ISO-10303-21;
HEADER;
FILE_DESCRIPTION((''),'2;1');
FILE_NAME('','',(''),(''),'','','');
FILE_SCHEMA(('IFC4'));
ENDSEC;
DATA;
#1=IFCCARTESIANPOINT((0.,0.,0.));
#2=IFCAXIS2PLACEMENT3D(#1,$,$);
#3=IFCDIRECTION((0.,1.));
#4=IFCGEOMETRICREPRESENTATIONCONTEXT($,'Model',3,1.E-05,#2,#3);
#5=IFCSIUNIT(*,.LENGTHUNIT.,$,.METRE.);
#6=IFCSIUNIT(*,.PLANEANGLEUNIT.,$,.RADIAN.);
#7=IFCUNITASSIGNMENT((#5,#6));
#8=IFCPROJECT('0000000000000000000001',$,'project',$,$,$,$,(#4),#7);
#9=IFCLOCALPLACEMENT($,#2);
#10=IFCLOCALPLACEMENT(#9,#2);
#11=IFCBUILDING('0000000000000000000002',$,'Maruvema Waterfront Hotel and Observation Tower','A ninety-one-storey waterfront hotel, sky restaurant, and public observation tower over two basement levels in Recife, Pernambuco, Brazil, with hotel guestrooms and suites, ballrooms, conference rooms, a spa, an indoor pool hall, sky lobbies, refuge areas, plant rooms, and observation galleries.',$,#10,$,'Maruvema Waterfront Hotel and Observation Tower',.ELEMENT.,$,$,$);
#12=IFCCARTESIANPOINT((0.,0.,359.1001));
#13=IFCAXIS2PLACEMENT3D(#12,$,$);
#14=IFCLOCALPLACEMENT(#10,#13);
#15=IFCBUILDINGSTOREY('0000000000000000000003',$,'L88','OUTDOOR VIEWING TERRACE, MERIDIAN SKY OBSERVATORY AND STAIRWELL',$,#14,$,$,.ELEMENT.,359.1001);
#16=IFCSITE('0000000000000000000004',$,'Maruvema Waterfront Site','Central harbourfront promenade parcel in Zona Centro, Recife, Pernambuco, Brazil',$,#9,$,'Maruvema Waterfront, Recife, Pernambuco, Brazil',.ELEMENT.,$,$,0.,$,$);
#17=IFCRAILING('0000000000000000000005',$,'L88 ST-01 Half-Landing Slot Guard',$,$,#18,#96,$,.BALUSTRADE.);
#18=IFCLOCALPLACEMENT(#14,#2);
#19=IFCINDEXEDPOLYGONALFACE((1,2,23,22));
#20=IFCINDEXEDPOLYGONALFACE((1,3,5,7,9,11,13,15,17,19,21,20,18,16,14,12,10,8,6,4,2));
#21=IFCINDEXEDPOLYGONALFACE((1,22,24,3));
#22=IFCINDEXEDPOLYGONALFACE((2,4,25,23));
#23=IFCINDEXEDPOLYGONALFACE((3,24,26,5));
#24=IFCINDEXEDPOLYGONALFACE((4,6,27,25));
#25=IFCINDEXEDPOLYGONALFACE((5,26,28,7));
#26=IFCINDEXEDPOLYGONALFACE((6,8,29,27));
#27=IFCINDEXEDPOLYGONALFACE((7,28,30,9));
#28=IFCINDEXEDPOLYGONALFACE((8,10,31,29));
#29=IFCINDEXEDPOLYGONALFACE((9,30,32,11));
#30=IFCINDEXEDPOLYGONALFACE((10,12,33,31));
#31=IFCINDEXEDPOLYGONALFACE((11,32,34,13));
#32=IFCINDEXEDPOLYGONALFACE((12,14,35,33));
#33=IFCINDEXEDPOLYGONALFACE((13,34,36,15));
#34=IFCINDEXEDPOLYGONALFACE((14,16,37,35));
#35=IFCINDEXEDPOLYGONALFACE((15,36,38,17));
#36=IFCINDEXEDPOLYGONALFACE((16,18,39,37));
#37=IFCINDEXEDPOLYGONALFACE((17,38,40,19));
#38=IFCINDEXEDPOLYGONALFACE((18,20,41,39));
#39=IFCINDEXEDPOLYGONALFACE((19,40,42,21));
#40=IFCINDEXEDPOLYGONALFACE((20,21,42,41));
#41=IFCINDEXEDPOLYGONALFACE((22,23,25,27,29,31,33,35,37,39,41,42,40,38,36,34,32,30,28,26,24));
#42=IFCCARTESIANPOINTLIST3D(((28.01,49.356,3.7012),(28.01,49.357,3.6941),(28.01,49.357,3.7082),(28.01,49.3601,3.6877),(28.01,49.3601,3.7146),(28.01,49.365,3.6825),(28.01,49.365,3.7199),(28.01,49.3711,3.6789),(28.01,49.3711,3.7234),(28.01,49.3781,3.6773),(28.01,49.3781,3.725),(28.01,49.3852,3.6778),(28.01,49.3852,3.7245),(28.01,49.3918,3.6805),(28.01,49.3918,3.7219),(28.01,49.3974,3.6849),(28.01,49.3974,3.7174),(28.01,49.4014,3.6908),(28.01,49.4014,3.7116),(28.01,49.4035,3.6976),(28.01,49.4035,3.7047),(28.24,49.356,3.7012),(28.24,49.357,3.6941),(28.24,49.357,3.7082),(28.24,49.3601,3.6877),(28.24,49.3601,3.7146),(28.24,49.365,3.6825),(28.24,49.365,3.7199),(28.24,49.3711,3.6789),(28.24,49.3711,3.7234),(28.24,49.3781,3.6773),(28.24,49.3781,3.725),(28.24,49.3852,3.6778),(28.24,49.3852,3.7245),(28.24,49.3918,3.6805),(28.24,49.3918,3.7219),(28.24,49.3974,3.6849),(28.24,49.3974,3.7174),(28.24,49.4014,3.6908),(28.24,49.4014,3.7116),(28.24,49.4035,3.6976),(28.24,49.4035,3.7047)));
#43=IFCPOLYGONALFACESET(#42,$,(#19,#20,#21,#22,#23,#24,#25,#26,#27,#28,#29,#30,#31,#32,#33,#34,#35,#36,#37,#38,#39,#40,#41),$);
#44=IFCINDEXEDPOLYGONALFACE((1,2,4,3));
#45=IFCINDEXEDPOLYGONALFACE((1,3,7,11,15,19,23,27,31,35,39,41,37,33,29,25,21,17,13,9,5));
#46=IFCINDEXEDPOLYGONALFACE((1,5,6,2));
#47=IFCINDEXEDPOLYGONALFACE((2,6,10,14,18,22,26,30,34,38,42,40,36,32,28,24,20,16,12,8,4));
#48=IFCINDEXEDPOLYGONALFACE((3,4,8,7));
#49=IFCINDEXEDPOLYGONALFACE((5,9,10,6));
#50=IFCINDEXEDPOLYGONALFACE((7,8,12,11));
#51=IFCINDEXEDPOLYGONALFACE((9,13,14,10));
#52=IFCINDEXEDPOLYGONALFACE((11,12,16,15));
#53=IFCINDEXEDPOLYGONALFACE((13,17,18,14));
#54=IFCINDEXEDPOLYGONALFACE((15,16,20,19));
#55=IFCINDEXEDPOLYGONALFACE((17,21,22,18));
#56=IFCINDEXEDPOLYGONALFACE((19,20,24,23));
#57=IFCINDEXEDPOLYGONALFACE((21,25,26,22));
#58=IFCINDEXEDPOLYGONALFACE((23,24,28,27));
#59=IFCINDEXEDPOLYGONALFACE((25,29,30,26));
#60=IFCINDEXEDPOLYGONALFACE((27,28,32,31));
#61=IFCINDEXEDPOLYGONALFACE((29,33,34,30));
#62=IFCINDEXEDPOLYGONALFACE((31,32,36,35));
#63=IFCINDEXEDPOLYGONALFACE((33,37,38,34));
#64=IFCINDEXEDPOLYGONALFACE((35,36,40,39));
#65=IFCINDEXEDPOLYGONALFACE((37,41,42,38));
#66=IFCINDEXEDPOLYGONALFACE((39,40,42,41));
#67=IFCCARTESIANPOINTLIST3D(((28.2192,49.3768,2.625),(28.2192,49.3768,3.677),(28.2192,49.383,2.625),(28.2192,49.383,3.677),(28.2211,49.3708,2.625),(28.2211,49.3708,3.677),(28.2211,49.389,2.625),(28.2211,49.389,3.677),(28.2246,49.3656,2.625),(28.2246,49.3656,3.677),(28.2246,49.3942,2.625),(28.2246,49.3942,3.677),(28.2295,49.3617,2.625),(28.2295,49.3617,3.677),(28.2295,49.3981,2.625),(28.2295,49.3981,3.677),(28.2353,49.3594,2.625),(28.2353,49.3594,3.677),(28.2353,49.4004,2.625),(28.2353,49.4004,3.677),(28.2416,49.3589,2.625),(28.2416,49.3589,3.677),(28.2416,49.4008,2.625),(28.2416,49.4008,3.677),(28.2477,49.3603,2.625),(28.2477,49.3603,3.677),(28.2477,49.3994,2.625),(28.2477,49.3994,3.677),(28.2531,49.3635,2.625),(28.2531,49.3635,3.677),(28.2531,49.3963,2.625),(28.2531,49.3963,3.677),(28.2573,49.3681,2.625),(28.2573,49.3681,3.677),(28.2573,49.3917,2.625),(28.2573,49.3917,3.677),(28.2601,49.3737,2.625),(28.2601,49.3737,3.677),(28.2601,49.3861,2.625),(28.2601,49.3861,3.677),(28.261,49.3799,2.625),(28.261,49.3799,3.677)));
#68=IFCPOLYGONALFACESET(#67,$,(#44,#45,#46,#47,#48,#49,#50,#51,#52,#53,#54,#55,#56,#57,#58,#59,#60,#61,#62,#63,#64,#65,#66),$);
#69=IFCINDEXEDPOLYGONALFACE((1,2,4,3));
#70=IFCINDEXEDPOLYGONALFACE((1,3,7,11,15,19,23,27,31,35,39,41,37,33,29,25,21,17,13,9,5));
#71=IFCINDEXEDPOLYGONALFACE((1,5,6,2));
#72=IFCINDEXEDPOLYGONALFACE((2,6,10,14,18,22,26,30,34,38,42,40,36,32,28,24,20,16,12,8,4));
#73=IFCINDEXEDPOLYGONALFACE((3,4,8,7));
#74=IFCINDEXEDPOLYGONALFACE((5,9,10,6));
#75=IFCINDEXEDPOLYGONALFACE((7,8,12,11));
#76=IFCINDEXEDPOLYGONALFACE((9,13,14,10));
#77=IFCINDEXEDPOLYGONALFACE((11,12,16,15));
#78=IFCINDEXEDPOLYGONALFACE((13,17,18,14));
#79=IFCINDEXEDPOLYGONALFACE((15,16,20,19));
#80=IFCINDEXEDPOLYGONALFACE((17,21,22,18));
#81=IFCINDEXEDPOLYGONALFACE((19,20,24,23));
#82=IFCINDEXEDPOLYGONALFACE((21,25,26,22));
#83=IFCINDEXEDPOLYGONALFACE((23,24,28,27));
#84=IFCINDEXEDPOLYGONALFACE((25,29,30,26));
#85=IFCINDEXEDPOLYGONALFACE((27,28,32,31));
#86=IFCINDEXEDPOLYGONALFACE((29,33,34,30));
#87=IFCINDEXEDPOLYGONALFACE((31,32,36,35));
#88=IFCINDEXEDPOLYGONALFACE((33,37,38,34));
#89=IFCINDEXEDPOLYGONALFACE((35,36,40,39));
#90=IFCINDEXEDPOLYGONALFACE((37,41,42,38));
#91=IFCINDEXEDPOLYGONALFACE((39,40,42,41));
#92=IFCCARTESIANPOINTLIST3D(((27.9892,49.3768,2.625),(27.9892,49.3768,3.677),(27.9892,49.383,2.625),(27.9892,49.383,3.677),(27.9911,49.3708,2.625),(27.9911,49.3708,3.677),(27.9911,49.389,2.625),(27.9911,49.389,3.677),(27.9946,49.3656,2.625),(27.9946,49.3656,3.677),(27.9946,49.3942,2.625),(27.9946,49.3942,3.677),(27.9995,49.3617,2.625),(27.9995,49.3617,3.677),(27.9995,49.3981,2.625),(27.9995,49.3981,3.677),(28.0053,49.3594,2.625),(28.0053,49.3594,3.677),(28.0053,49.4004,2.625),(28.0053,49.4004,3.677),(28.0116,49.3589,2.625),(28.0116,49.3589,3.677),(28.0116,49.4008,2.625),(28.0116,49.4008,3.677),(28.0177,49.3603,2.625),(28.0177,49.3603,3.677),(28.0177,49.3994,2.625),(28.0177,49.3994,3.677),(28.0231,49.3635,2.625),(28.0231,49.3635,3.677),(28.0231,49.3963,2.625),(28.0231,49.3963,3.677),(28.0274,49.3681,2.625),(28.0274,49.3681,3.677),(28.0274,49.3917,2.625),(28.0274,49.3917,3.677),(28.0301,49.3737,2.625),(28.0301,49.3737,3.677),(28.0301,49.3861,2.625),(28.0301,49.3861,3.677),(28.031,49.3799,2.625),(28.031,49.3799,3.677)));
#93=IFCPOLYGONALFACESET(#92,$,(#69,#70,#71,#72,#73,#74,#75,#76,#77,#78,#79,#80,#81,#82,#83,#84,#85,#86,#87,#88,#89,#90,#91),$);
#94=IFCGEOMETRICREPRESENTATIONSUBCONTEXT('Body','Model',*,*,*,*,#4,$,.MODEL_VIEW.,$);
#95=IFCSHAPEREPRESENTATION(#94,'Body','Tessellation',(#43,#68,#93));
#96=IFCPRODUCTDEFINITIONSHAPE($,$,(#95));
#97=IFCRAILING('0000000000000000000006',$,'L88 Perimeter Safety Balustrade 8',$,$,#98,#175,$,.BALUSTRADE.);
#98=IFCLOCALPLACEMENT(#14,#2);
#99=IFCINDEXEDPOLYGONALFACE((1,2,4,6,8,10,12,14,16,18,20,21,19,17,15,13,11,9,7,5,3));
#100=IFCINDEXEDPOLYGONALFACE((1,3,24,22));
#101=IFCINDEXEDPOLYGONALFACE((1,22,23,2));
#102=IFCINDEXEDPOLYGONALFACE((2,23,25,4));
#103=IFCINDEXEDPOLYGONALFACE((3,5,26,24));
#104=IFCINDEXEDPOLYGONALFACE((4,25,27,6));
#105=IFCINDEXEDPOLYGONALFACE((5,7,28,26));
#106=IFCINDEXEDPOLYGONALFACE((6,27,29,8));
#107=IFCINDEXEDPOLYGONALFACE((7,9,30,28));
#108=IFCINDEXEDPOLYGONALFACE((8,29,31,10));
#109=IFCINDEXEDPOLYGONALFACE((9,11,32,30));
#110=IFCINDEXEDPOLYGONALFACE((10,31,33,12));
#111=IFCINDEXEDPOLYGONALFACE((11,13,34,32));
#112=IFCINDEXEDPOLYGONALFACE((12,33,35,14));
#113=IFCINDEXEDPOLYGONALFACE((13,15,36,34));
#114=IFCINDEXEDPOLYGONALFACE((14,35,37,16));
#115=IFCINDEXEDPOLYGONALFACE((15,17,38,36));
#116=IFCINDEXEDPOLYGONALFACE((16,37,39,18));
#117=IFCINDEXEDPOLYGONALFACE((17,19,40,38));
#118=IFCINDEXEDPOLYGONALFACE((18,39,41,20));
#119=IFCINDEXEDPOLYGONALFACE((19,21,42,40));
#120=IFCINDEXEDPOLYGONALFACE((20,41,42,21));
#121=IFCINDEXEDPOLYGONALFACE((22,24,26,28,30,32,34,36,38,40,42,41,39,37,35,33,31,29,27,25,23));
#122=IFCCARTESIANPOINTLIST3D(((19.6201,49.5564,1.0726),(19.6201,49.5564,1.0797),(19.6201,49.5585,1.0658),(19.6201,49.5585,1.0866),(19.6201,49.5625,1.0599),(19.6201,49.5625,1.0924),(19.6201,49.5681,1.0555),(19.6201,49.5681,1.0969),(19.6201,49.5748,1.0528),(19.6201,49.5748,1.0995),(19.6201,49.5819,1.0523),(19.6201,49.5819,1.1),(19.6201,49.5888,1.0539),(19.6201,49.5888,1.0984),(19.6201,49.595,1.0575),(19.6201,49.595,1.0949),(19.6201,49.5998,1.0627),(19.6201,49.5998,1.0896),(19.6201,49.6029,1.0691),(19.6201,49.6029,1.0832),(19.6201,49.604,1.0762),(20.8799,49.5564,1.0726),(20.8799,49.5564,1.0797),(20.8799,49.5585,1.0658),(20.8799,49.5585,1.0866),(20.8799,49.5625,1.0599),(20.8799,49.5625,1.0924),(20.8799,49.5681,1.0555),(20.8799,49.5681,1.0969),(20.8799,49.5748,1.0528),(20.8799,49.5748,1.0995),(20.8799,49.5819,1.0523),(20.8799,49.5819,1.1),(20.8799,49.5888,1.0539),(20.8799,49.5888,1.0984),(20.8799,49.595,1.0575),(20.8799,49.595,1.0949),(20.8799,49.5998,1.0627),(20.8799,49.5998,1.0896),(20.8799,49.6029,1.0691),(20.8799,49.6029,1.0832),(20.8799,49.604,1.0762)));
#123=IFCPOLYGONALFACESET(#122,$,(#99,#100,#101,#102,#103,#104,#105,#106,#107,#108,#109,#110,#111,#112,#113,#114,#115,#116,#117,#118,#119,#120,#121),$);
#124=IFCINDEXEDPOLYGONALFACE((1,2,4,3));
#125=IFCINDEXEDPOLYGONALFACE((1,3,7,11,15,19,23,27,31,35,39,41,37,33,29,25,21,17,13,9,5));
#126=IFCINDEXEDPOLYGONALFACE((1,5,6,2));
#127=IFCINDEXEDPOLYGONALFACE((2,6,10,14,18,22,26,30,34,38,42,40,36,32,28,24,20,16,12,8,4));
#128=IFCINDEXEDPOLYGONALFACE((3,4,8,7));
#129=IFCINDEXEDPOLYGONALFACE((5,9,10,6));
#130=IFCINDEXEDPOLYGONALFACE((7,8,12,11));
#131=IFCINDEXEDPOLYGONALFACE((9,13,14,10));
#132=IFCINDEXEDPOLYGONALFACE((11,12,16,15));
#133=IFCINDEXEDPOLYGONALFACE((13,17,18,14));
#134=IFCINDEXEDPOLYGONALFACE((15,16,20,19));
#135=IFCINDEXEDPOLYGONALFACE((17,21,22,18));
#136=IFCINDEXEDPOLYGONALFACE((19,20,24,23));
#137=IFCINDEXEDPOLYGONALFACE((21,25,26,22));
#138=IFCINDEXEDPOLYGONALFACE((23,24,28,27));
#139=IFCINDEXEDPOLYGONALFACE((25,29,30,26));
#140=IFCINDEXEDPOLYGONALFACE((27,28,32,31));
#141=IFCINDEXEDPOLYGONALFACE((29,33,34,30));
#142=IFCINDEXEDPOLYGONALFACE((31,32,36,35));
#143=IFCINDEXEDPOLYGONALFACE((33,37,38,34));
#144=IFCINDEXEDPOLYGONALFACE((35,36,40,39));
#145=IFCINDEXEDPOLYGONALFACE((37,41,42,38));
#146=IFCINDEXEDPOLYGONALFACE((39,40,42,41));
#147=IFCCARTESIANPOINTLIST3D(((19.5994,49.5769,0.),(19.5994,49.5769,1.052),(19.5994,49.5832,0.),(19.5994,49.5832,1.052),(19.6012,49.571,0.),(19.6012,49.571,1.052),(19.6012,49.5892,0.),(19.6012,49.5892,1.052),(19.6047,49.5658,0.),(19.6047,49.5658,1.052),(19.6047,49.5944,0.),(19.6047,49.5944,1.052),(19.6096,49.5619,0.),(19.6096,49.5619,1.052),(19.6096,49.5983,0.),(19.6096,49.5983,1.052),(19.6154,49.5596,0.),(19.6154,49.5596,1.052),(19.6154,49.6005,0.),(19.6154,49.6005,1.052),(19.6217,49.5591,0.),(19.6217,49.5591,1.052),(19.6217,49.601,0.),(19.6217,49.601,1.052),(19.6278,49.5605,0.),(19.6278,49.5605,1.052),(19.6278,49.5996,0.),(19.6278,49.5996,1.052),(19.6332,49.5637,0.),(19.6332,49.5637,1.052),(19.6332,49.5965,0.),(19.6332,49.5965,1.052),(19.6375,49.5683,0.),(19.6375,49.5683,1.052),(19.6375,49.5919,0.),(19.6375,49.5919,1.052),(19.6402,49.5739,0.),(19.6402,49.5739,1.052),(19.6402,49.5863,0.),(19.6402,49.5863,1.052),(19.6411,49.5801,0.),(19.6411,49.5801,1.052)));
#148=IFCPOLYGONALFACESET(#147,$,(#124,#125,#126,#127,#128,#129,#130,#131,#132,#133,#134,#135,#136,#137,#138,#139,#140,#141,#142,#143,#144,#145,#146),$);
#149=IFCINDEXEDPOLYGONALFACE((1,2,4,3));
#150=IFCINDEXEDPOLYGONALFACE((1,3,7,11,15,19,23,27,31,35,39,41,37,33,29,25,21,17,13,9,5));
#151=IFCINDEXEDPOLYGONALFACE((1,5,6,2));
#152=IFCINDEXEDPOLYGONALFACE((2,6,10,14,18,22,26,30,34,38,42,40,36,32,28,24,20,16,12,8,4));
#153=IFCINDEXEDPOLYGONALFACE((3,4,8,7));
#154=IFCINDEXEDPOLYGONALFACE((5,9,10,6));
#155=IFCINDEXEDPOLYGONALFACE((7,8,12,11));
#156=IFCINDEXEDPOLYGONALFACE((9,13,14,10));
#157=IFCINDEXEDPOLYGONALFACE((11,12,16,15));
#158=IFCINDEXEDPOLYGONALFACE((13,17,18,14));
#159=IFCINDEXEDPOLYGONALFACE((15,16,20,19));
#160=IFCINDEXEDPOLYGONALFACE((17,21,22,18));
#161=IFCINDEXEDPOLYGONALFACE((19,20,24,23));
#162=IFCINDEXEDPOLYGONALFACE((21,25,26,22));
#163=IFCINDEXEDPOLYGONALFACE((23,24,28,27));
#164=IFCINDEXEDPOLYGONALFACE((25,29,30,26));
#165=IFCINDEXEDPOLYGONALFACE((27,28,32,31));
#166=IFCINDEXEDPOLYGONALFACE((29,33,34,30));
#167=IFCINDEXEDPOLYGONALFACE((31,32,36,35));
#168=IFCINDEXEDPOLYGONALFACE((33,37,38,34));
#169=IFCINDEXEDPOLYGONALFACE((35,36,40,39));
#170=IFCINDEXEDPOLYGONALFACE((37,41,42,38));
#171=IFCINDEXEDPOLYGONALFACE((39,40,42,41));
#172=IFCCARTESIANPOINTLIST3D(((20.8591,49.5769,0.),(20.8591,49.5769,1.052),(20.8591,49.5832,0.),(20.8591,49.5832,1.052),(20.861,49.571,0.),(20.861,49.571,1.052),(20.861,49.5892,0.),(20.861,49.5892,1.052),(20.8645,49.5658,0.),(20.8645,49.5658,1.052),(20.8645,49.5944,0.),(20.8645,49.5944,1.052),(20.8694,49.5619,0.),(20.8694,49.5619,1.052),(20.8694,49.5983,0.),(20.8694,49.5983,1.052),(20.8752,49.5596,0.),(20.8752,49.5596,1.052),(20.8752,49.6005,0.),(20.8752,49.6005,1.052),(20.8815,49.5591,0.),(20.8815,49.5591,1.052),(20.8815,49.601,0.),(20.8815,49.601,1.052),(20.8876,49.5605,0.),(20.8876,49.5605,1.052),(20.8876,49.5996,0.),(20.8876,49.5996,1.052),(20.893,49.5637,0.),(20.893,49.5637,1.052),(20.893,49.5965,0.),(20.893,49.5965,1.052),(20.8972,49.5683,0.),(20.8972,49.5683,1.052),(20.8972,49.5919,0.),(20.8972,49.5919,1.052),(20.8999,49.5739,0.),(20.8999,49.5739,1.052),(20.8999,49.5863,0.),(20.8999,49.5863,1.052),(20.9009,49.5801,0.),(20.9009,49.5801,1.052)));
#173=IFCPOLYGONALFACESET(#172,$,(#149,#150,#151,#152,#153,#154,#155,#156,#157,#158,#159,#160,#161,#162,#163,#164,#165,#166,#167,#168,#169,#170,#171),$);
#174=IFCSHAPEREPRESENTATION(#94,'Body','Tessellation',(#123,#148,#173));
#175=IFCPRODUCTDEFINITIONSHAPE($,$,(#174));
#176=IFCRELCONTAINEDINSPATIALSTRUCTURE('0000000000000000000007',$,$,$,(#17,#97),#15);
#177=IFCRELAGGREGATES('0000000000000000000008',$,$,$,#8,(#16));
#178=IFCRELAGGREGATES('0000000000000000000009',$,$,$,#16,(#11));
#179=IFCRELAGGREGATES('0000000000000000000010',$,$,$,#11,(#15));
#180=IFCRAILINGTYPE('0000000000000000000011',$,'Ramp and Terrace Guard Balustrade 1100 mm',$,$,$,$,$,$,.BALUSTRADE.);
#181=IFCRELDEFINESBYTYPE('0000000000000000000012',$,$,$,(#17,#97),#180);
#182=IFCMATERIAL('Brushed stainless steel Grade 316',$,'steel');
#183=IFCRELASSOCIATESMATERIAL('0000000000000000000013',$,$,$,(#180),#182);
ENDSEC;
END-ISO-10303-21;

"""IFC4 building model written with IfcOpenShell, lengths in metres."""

from ifc_helpers import new_model, si_unit, direction, frame, origin, origin_2d, place, context, subcontext, project, spatial, circle, extrude, material, type_object, element, save


model = new_model("IFC4")

# Units and contexts
model_context = context("Model", 3, precision=1e-05, world=origin(), true_north=direction((0.0, 1.0)))
body_context = subcontext(model_context, "Body", "Model", "MODEL_VIEW")
ifc_project = project(units=[si_unit("LENGTHUNIT", "METRE"), si_unit("PLANEANGLEUNIT", "RADIAN")], contexts=[model_context])

# Site, building, storey
site_placement = place(None, origin())
site = spatial("IfcSite", under=ifc_project, at=site_placement, Name="Maruvema Waterfront Site", Description="Central harbourfront promenade parcel in Zona Centro, Recife, Pernambuco, Brazil", LongName="Maruvema Waterfront, Recife, Pernambuco, Brazil", CompositionType="ELEMENT", RefElevation=0.0)
building_placement = place(site_placement, origin())
building = spatial("IfcBuilding", under=site, at=building_placement, Name="Maruvema Waterfront Hotel and Observation Tower", Description="A ninety-one-storey waterfront hotel, sky restaurant, and public observation tower over two basement levels in Recife, Pernambuco, Brazil, with hotel guestrooms and suites, ballrooms, conference rooms, a spa, an indoor pool hall, sky lobbies, refuge areas, plant rooms, and observation galleries.", LongName="Maruvema Waterfront Hotel and Observation Tower", CompositionType="ELEMENT")
storey_placement = place(building_placement, frame((0.0, 0.0, 359.1001)))
storey = spatial("IfcBuildingStorey", under=building, at=storey_placement, Name="L88", Description="OUTDOOR VIEWING TERRACE, MERIDIAN SKY OBSERVATORY AND STAIRWELL", CompositionType="ELEMENT", Elevation=359.1001)

# Railings
ifc_material_1 = material(Name="Brushed stainless steel Grade 316", Category="steel")
railing_type_1 = type_object("IfcRailingType", Name="Ramp and Terrace Guard Balustrade 1100 mm", PredefinedType="BALUSTRADE", material=ifc_material_1)
railing_1_placement = place(storey_placement, frame((28.24, 49.3799, 2.625)))
element("IfcRailing", 1, at=railing_1_placement, inside=storey, type_object=railing_type_1, Name="L88 ST-01 Half-Landing Slot Guard", PredefinedType="BALUSTRADE", context=body_context, shape_type="SweptSolid", body=[
    extrude(circle(Radius=0.0239, at=origin_2d()), frame((0.0, 0.0, 1.0762), z_axis=(-1.0, 0.0, 0.0), x_axis=(0.0, -1.0, 0.0)), (0.0, 0.0, 1.0), 0.23),
    extrude(circle(Radius=0.021, at=origin_2d()), origin(), (0.0, 0.0, 1.0), 1.052),
    extrude(circle(Radius=0.021, at=origin_2d()), frame((-0.23, 0.0, 0.0)), (0.0, 0.0, 1.0), 1.052),
])
railing_2_placement = place(storey_placement, frame((19.6201, 49.5801, 0.0)))
element("IfcRailing", 2, at=railing_2_placement, inside=storey, type_object=railing_type_1, Name="L88 Perimeter Safety Balustrade 8", PredefinedType="BALUSTRADE", context=body_context, shape_type="SweptSolid", body=[
    extrude(circle(Radius=0.0239, at=origin_2d()), frame((0.0, 0.0, 1.0762), z_axis=(1.0, 0.0, 0.0), x_axis=(0.0, 1.0, 0.0)), (0.0, 0.0, 1.0), 1.2598),
    extrude(circle(Radius=0.021, at=origin_2d()), origin(), (0.0, 0.0, 1.0), 1.052),
    extrude(circle(Radius=0.021, at=origin_2d()), frame((1.2598, 0.0, 0.0)), (0.0, 0.0, 1.0), 1.052),
])

save(model, "model.ifc")
